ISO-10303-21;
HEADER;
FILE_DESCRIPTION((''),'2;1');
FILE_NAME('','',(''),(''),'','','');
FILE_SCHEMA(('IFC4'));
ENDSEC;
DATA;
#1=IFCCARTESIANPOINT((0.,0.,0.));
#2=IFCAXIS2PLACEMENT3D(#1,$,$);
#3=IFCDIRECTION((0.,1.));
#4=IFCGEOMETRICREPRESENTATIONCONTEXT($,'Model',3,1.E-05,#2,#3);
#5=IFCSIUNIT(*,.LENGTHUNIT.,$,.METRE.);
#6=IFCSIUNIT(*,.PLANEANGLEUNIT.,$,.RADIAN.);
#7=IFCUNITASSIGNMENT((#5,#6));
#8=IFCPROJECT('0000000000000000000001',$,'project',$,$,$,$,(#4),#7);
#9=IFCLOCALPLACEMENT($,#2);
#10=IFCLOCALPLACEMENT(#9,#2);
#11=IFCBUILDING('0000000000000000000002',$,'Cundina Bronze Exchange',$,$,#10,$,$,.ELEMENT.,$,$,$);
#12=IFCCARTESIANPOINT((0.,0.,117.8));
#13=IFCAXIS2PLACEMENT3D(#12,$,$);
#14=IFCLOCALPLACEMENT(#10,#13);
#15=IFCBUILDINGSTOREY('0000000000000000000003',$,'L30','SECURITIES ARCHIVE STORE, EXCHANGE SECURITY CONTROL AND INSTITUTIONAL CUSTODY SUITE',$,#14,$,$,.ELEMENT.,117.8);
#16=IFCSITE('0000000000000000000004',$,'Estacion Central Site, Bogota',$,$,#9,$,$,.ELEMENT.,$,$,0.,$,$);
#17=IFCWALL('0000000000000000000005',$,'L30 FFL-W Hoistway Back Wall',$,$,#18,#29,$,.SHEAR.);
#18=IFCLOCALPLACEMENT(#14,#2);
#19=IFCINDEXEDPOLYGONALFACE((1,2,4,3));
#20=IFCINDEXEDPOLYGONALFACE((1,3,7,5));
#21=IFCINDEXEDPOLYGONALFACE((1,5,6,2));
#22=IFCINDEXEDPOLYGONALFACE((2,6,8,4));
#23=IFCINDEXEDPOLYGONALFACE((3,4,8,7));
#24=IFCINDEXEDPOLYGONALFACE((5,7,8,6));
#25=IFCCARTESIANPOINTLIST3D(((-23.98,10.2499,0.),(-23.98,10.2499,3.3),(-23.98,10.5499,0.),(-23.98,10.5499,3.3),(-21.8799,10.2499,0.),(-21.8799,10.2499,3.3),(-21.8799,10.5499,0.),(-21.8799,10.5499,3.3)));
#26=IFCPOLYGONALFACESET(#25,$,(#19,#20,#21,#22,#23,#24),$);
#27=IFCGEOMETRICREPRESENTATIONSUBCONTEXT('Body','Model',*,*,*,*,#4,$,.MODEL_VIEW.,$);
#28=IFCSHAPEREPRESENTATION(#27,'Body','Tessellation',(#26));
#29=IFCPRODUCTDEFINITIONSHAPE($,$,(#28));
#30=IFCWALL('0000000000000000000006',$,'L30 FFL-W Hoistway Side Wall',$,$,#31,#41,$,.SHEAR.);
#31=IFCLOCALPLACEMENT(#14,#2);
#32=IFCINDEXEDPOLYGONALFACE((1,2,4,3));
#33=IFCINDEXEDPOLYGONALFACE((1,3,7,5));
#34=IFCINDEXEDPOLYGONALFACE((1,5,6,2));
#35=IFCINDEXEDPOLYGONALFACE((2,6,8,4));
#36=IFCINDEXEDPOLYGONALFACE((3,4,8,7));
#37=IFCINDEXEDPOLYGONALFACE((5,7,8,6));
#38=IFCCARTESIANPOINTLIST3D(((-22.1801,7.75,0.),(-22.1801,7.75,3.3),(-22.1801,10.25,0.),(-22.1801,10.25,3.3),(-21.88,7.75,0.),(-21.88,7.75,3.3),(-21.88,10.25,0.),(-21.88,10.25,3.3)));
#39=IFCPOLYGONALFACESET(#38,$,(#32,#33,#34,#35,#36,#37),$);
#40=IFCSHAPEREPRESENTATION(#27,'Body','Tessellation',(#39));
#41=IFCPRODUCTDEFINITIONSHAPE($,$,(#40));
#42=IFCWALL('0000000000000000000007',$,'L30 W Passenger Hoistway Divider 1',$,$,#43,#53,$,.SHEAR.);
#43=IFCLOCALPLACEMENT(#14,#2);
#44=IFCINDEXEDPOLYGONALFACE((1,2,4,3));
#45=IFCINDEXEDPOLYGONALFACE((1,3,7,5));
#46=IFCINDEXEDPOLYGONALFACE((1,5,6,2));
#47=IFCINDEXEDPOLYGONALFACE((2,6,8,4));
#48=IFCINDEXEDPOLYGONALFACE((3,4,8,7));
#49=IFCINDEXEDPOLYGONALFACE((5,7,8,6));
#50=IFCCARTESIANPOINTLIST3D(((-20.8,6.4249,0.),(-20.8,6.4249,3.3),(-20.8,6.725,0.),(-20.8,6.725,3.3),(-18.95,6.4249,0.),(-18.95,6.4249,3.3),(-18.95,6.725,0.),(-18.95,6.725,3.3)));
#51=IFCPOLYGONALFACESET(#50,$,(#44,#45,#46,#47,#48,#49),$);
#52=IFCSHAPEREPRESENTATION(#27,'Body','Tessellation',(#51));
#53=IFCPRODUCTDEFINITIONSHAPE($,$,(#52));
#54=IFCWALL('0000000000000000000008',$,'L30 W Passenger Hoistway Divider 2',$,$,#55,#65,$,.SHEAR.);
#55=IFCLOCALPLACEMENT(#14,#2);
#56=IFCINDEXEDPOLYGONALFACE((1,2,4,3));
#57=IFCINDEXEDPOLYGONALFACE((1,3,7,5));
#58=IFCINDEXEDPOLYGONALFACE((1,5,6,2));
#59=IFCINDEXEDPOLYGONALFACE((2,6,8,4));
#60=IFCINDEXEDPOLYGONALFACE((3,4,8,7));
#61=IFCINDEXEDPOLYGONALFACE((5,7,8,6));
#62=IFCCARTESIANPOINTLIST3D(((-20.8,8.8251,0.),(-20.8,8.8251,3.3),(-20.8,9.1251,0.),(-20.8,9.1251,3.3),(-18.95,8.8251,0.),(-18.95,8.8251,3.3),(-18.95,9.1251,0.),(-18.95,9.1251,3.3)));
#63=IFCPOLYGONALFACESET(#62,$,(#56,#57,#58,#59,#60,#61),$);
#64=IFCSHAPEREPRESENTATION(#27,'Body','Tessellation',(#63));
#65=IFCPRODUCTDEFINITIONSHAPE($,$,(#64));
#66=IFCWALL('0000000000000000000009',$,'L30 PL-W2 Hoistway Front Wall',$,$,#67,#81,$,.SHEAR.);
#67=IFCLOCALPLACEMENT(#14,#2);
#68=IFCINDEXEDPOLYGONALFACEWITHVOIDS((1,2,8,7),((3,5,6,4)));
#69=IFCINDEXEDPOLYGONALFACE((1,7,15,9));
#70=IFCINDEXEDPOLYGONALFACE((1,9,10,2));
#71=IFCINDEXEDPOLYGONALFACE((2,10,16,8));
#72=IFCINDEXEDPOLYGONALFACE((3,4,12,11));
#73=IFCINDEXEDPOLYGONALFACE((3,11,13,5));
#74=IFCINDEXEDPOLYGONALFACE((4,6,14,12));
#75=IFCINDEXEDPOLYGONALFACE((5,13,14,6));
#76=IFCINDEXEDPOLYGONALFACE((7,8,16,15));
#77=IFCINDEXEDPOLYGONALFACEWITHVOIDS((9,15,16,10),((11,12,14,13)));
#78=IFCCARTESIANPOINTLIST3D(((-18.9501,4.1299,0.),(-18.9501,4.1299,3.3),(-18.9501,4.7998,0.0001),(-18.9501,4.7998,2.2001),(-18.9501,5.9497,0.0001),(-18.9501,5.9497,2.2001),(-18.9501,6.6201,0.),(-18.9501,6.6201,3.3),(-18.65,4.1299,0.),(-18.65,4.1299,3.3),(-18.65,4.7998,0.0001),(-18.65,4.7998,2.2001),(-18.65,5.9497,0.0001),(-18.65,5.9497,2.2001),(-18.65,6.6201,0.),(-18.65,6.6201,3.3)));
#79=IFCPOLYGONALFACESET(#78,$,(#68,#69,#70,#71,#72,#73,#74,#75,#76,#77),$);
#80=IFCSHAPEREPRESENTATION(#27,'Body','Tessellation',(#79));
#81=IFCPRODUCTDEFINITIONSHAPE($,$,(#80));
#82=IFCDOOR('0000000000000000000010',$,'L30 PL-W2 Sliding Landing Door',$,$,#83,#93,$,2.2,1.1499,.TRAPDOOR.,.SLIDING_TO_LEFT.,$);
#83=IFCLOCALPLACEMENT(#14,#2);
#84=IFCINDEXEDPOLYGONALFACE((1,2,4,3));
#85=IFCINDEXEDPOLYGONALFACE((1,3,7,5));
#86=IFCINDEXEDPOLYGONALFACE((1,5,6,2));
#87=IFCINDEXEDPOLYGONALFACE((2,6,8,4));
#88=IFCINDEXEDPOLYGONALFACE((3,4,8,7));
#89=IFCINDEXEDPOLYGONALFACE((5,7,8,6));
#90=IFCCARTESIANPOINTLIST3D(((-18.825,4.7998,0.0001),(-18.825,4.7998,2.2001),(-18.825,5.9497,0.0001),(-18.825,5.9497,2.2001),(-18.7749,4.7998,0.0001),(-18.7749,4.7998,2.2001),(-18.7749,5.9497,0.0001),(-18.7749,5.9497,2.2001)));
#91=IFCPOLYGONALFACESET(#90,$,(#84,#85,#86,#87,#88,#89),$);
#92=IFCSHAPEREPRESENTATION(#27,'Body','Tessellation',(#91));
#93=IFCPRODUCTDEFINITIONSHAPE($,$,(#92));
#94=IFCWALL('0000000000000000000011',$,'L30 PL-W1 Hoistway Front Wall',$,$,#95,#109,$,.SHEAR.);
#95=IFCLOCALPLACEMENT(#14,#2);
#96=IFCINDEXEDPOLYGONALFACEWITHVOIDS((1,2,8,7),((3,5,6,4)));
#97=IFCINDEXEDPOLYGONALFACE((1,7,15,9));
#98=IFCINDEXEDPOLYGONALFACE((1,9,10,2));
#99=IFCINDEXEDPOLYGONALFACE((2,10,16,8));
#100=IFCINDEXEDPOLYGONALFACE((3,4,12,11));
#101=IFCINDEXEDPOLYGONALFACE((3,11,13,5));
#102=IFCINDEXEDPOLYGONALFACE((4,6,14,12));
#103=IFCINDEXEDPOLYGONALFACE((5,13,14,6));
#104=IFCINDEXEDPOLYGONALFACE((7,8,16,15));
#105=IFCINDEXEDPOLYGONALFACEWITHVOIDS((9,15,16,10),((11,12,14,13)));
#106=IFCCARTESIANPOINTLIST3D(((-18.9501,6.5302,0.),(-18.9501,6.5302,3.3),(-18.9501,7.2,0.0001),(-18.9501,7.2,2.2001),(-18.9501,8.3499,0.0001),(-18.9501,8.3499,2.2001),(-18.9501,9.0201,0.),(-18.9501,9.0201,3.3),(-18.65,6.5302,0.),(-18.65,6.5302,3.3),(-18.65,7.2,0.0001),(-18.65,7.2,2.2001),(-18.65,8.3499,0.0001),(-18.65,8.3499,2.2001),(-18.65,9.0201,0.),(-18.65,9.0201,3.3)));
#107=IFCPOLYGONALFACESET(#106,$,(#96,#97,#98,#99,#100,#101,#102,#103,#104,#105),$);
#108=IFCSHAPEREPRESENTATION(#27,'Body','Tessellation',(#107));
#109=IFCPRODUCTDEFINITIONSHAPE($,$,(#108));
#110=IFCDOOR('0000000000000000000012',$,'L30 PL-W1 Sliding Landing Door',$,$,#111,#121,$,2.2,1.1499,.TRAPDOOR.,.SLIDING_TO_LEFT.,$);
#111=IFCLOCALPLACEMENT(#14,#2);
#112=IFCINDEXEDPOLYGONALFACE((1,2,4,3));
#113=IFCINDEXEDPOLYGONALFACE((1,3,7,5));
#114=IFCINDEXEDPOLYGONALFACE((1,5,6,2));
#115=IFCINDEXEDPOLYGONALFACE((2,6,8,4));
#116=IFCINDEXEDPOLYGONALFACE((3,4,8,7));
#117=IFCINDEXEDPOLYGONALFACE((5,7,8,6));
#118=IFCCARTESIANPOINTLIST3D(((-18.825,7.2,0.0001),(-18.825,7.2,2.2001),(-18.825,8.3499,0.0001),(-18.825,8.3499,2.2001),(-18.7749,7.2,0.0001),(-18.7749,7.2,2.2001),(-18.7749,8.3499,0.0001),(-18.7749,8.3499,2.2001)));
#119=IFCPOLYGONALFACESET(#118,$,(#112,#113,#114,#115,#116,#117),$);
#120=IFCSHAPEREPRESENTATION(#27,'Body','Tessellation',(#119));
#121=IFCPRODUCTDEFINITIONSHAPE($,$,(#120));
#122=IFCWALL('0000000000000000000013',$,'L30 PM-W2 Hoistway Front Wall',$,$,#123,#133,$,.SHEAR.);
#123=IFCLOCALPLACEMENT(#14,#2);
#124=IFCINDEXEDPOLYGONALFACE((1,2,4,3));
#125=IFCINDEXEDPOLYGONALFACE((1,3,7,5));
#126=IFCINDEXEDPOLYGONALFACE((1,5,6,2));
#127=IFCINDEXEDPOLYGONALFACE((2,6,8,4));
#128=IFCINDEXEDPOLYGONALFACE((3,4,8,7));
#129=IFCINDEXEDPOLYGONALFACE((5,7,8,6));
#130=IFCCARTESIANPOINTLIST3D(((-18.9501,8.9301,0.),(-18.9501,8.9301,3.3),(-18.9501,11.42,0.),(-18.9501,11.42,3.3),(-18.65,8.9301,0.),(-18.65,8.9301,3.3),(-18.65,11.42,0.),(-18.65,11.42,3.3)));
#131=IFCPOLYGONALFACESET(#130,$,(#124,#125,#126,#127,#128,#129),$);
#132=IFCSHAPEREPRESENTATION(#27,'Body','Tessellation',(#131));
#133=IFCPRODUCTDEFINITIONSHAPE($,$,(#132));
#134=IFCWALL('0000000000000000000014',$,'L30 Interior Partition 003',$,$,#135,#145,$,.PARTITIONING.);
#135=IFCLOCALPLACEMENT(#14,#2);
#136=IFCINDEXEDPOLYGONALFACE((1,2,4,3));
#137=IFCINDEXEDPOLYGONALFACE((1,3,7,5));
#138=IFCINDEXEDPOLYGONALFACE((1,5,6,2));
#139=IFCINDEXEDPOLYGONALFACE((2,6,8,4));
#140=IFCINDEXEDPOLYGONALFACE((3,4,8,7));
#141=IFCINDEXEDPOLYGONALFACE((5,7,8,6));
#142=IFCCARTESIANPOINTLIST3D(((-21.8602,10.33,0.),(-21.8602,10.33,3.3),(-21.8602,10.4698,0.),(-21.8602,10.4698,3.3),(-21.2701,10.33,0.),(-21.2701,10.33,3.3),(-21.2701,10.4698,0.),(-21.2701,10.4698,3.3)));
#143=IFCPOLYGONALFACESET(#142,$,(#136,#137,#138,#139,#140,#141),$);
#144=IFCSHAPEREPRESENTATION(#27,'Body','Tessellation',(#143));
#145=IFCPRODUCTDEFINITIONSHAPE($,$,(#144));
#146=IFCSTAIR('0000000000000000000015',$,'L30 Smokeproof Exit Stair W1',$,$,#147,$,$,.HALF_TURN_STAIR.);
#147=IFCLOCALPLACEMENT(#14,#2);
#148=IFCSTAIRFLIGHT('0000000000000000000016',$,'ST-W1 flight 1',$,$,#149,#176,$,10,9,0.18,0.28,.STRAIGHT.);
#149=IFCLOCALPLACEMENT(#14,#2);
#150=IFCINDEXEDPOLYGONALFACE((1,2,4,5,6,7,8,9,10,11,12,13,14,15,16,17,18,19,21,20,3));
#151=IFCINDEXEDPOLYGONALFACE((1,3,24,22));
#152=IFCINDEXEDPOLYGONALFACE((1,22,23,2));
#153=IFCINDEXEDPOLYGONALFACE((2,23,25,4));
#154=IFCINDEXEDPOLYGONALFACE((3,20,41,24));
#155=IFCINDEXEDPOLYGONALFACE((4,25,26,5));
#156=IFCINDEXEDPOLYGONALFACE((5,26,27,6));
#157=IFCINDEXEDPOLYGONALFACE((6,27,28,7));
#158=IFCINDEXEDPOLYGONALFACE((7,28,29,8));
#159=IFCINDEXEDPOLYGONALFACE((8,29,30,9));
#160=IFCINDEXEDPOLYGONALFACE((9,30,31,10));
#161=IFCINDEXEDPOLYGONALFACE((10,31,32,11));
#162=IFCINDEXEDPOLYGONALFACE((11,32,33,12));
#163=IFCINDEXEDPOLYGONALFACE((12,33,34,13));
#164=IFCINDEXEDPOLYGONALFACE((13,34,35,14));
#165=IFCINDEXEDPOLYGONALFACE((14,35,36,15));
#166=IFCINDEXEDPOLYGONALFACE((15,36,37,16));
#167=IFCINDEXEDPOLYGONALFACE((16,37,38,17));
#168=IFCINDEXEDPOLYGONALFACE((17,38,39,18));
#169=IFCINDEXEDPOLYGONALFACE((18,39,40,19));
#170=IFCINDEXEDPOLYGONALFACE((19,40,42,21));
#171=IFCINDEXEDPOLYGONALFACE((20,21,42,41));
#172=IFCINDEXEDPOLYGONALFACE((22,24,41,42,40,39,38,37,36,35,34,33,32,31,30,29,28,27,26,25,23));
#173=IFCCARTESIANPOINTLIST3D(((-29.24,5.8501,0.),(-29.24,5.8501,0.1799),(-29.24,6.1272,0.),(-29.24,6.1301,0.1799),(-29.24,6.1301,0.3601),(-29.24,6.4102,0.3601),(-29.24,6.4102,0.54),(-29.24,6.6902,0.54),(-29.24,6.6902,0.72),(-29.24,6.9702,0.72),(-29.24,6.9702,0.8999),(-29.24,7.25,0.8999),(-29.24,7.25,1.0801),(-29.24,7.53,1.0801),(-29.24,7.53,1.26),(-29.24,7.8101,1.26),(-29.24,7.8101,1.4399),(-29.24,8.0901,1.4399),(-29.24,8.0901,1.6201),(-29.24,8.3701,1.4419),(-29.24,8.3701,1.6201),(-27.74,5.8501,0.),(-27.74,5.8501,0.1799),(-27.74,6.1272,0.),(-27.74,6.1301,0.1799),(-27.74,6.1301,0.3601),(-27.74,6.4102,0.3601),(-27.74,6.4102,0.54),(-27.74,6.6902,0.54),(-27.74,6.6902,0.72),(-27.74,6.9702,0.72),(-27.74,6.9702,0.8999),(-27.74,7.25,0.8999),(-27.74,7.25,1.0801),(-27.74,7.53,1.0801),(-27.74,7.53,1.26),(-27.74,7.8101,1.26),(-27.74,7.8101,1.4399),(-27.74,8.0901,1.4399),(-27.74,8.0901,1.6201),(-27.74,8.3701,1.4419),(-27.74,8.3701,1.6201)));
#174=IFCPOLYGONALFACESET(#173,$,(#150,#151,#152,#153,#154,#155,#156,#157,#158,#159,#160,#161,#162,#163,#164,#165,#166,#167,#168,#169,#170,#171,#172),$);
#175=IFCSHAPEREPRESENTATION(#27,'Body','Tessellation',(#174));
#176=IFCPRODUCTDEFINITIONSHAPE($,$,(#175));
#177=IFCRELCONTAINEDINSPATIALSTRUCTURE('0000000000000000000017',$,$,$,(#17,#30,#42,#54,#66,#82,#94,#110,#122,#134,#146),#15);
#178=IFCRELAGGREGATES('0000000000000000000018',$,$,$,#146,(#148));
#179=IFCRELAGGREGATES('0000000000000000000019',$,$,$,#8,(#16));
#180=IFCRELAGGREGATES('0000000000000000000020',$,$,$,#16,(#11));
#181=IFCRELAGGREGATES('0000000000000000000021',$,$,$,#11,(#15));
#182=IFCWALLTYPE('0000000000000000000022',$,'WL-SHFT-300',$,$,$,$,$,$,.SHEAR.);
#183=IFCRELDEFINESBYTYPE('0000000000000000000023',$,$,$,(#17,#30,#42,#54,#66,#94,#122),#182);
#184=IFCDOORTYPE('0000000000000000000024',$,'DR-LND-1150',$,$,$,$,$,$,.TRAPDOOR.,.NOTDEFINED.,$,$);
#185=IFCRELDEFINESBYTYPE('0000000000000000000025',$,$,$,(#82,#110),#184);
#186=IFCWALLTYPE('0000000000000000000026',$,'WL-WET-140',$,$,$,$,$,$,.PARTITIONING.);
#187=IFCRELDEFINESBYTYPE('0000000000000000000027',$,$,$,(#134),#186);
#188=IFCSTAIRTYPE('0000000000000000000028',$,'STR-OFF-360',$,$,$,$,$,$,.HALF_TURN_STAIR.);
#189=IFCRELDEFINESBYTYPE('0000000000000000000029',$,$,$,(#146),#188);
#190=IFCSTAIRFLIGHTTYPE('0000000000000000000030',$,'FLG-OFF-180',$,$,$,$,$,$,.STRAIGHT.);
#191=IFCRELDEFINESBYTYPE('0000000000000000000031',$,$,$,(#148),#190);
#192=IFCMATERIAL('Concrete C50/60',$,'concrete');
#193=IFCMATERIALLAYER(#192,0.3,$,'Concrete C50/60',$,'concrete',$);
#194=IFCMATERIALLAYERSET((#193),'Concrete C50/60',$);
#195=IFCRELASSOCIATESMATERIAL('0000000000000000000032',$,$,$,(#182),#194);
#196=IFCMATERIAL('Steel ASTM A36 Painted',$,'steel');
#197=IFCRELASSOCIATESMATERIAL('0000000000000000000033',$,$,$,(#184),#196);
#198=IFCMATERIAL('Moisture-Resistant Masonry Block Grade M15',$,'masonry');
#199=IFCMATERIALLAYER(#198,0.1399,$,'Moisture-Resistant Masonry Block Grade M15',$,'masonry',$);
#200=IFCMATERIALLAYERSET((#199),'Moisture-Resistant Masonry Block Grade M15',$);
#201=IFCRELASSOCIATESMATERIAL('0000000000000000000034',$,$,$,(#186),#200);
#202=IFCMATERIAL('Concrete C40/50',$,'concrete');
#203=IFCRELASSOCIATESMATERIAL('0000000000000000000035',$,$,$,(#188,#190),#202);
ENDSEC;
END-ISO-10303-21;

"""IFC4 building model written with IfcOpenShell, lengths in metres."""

from ifc_helpers import new_model, si_unit, direction, frame, frame_2d, origin, place, context, subcontext, project, spatial, polyline, rectangle, outline, extrude, material, layer, layer_set, type_object, element, fill, aggregate, save


model = new_model("IFC4")

# Units and contexts
model_context = context("Model", 3, precision=1e-05, world=origin(), true_north=direction((0.0, 1.0)))
body_context = subcontext(model_context, "Body", "Model", "MODEL_VIEW")
ifc_project = project(units=[si_unit("LENGTHUNIT", "METRE"), si_unit("PLANEANGLEUNIT", "RADIAN")], contexts=[model_context])

# Site, building, storey
site_placement = place(None, origin())
site = spatial("IfcSite", under=ifc_project, at=site_placement, Name="Estacion Central Site, Bogota", CompositionType="ELEMENT", RefElevation=0.0)
building_placement = place(site_placement, origin())
building = spatial("IfcBuilding", under=site, at=building_placement, Name="Cundina Bronze Exchange", CompositionType="ELEMENT")
storey_placement = place(building_placement, frame((0.0, 0.0, 117.8)))
storey = spatial("IfcBuildingStorey", under=building, at=storey_placement, Name="L30", Description="SECURITIES ARCHIVE STORE, EXCHANGE SECURITY CONTROL AND INSTITUTIONAL CUSTODY SUITE", CompositionType="ELEMENT", Elevation=117.8)

# Shared definitions
ifc_material_1 = material(Name="Concrete C50/60", Category="concrete")
ifc_layer_1 = layer(ifc_material_1, 0.3, Name="Concrete C50/60", Category="concrete")
ifc_layer_set_1 = layer_set([ifc_layer_1], Name="Concrete C50/60")
wall_type_1 = type_object("IfcWallType", Name="WL-SHFT-300", PredefinedType="SHEAR", material=ifc_layer_set_1)

# Shared definitions
ifc_material_2 = material(Name="Steel ASTM A36 Painted", Category="steel")
door_type = type_object("IfcDoorType", Name="DR-LND-1150", OperationType="NOTDEFINED", PredefinedType="TRAPDOOR", material=ifc_material_2)

# Walls
wall_1_placement = place(storey_placement, frame((-23.98, 10.3999, 0.0), z_axis=(0.0, 0.0, 1.0), x_axis=(1.0, 0.0, 0.0)))
element("IfcWall", 1, at=wall_1_placement, inside=storey, type_object=wall_type_1, Name="L30 FFL-W Hoistway Back Wall", PredefinedType="SHEAR", context=body_context, shape_type="SweptSolid", body=[
    extrude(rectangle(XDim=2.1001, YDim=0.3, at=frame_2d((1.05, 0.0))), origin(), (0.0, 0.0, 1.0), 3.3),
])
wall_2_placement = place(storey_placement, frame((-22.03, 7.75, 0.0), z_axis=(0.0, 0.0, 1.0), x_axis=(0.0, 1.0, 0.0)))
element("IfcWall", 2, at=wall_2_placement, inside=storey, type_object=wall_type_1, Name="L30 FFL-W Hoistway Side Wall", PredefinedType="SHEAR", context=body_context, shape_type="SweptSolid", body=[
    extrude(rectangle(XDim=2.5, YDim=0.3, at=frame_2d((1.25, 0.0))), origin(), (0.0, 0.0, 1.0), 3.3),
])
for number, where, z_axis, x_axis, name in (
    (3, (-20.8, 6.575, 0.0), (0.0, 0.0, 1.0), (1.0, 0.0, 0.0), "L30 W Passenger Hoistway Divider 1"),
    (4, (-20.8, 8.9751, 0.0), (0.0, 0.0, 1.0), (1.0, 0.0, 0.0), "L30 W Passenger Hoistway Divider 2"),
):
    element("IfcWall", number, at=place(storey_placement, frame(where, z_axis=z_axis, x_axis=x_axis)), inside=storey, type_object=wall_type_1, Name=name, PredefinedType="SHEAR", context=body_context, shape_type="SweptSolid", body=[
        extrude(rectangle(XDim=1.8501, YDim=0.3, at=frame_2d((0.925, 0.0))), origin(), (0.0, 0.0, 1.0), 3.3),
    ])

# Walls, openings, doors
wall_3_placement = place(storey_placement, frame((-18.8, 4.1299, 0.0), z_axis=(0.0, 0.0, 1.0), x_axis=(0.0, 1.0, 0.0)))
wall_3 = element("IfcWall", 5, at=wall_3_placement, inside=storey, type_object=wall_type_1, Name="L30 PL-W2 Hoistway Front Wall", PredefinedType="SHEAR", context=body_context, shape_type="SweptSolid", body=[
    extrude(rectangle(XDim=2.4902, YDim=0.3, at=frame_2d((1.2451, 0.0))), origin(), (0.0, 0.0, 1.0), 3.3),
])
opening_1_placement = place(wall_3_placement, frame((0.6699, 0.0, 0.0)))
opening_1 = element("IfcOpeningElement", 6, at=opening_1_placement, cuts=wall_3, PredefinedType="OPENING", context=body_context, shape_type="SweptSolid", body=[
    extrude(rectangle(XDim=1.1499, YDim=2.2, at=frame_2d((0.575, 1.1001))), frame((0.0, 0.1599, 0.0), z_axis=(0.0, -1.0, 0.0), x_axis=(1.0, 0.0, 0.0)), (0.0, 0.0, 1.0), 0.3201),
])
door_1_placement = place(opening_1_placement, origin())
door_1 = element("IfcDoor", 7, at=door_1_placement, inside=storey, type_object=door_type, Name="L30 PL-W2 Sliding Landing Door", OperationType="SLIDING_TO_LEFT", OverallHeight=2.2, OverallWidth=1.1499, PredefinedType="TRAPDOOR", context=body_context, shape_type="SweptSolid", body=[
    extrude(rectangle(XDim=1.1499, YDim=2.2, at=frame_2d((0.575, 1.1001))), frame((0.0, 0.0249, 0.0), z_axis=(0.0, -1.0, 0.0), x_axis=(1.0, 0.0, 0.0)), (0.0, 0.0, 1.0), 0.05),
])
fill(opening_1, door_1)
wall_4_placement = place(storey_placement, frame((-18.8, 6.53, 0.0), z_axis=(0.0, 0.0, 1.0), x_axis=(0.0, 1.0, 0.0)))
wall_4 = element("IfcWall", 8, at=wall_4_placement, inside=storey, type_object=wall_type_1, Name="L30 PL-W1 Hoistway Front Wall", PredefinedType="SHEAR", context=body_context, shape_type="SweptSolid", body=[
    extrude(rectangle(XDim=2.49, YDim=0.3, at=frame_2d((1.2451, 0.0))), origin(), (0.0, 0.0, 1.0), 3.3),
])
opening_2_placement = place(wall_4_placement, frame((0.6699, 0.0, 0.0)))
opening_2 = element("IfcOpeningElement", 9, at=opening_2_placement, cuts=wall_4, PredefinedType="OPENING", context=body_context, shape_type="SweptSolid", body=[
    extrude(rectangle(XDim=1.1499, YDim=2.2, at=frame_2d((0.575, 1.1001))), frame((0.0, 0.1599, 0.0), z_axis=(0.0, -1.0, 0.0), x_axis=(1.0, 0.0, 0.0)), (0.0, 0.0, 1.0), 0.3201),
])
door_2_placement = place(opening_2_placement, origin())
door_2 = element("IfcDoor", 10, at=door_2_placement, inside=storey, type_object=door_type, Name="L30 PL-W1 Sliding Landing Door", OperationType="SLIDING_TO_LEFT", OverallHeight=2.2, OverallWidth=1.1499, PredefinedType="TRAPDOOR", context=body_context, shape_type="SweptSolid", body=[
    extrude(rectangle(XDim=1.1499, YDim=2.2, at=frame_2d((0.575, 1.1001))), frame((0.0, 0.0249, 0.0), z_axis=(0.0, -1.0, 0.0), x_axis=(1.0, 0.0, 0.0)), (0.0, 0.0, 1.0), 0.05),
])
fill(opening_2, door_2)

# Walls
wall_5_placement = place(storey_placement, frame((-18.8, 8.9299, 0.0), z_axis=(0.0, 0.0, 1.0), x_axis=(0.0, 1.0, 0.0)))
element("IfcWall", 11, at=wall_5_placement, inside=storey, type_object=wall_type_1, Name="L30 PM-W2 Hoistway Front Wall", PredefinedType="SHEAR", context=body_context, shape_type="SweptSolid", body=[
    extrude(rectangle(XDim=2.49, YDim=0.3, at=frame_2d((1.2451, 0.0))), origin(), (0.0, 0.0, 1.0), 3.3),
])
ifc_material_3 = material(Name="Moisture-Resistant Masonry Block Grade M15", Category="masonry")
ifc_layer_2 = layer(ifc_material_3, 0.1399, Name="Moisture-Resistant Masonry Block Grade M15", Category="masonry")
ifc_layer_set_2 = layer_set([ifc_layer_2], Name="Moisture-Resistant Masonry Block Grade M15")
wall_type_2 = type_object("IfcWallType", Name="WL-WET-140", PredefinedType="PARTITIONING", material=ifc_layer_set_2)
wall_6_placement = place(storey_placement, frame((-21.8601, 10.3999, 0.0), z_axis=(0.0, 0.0, 1.0), x_axis=(1.0, 0.0, 0.0)))
element("IfcWall", 12, at=wall_6_placement, inside=storey, type_object=wall_type_2, Name="L30 Interior Partition 003", PredefinedType="PARTITIONING", context=body_context, shape_type="SweptSolid", body=[
    extrude(rectangle(XDim=0.5901, YDim=0.1399, at=frame_2d((0.2949, 0.0))), origin(), (0.0, 0.0, 1.0), 3.3),
])

# Stair, stair flight
ifc_material_4 = material(Name="Concrete C40/50", Category="concrete")
stair_type = type_object("IfcStairType", Name="STR-OFF-360", PredefinedType="HALF_TURN_STAIR", material=ifc_material_4)
stair_1_placement = place(storey_placement, origin())
stair_1 = element("IfcStair", 13, at=stair_1_placement, inside=storey, type_object=stair_type, Name="L30 Smokeproof Exit Stair W1", PredefinedType="HALF_TURN_STAIR")
stair_flight_type = type_object("IfcStairFlightType", Name="FLG-OFF-180", PredefinedType="STRAIGHT", material=ifc_material_4)
stair_flight_1_placement = place(storey_placement, frame((-28.49, 5.8501, 0.0), z_axis=(0.0, 0.0, 1.0), x_axis=(0.0, 1.0, 0.0)))
stair_flight_1 = element("IfcStairFlight", 14, at=stair_flight_1_placement, type_object=stair_flight_type, Name="ST-W1 flight 1", NumberOfRisers=10, NumberOfTreads=9, PredefinedType="STRAIGHT", RiserHeight=0.18, TreadLength=0.28, context=body_context, shape_type="SweptSolid", body=[
    extrude(outline(polyline([(0.0, 0.0), (0.0, 0.1799), (0.28, 0.1799), (0.28, 0.3601), (0.5601, 0.3601), (0.5601, 0.54), (0.8401, 0.54), (0.8401, 0.72), (1.1201, 0.72), (1.1201, 0.8999), (1.3999, 0.8999), (1.3999, 1.0801), (1.6799, 1.0801), (1.6799, 1.26), (1.96, 1.26), (1.96, 1.4399), (2.24, 1.4399), (2.24, 1.6201), (2.52, 1.6201), (2.52, 1.8), (2.52, 1.4419), (0.2771, 0.0), (0.0, 0.0)])), frame((0.0, 0.75, 0.0), z_axis=(0.0, -1.0, 0.0), x_axis=(1.0, 0.0, 0.0)), (0.0, 0.0, 1.0), 1.5),
])
aggregate(stair_1, [stair_flight_1])

save(model, "model.ifc")
